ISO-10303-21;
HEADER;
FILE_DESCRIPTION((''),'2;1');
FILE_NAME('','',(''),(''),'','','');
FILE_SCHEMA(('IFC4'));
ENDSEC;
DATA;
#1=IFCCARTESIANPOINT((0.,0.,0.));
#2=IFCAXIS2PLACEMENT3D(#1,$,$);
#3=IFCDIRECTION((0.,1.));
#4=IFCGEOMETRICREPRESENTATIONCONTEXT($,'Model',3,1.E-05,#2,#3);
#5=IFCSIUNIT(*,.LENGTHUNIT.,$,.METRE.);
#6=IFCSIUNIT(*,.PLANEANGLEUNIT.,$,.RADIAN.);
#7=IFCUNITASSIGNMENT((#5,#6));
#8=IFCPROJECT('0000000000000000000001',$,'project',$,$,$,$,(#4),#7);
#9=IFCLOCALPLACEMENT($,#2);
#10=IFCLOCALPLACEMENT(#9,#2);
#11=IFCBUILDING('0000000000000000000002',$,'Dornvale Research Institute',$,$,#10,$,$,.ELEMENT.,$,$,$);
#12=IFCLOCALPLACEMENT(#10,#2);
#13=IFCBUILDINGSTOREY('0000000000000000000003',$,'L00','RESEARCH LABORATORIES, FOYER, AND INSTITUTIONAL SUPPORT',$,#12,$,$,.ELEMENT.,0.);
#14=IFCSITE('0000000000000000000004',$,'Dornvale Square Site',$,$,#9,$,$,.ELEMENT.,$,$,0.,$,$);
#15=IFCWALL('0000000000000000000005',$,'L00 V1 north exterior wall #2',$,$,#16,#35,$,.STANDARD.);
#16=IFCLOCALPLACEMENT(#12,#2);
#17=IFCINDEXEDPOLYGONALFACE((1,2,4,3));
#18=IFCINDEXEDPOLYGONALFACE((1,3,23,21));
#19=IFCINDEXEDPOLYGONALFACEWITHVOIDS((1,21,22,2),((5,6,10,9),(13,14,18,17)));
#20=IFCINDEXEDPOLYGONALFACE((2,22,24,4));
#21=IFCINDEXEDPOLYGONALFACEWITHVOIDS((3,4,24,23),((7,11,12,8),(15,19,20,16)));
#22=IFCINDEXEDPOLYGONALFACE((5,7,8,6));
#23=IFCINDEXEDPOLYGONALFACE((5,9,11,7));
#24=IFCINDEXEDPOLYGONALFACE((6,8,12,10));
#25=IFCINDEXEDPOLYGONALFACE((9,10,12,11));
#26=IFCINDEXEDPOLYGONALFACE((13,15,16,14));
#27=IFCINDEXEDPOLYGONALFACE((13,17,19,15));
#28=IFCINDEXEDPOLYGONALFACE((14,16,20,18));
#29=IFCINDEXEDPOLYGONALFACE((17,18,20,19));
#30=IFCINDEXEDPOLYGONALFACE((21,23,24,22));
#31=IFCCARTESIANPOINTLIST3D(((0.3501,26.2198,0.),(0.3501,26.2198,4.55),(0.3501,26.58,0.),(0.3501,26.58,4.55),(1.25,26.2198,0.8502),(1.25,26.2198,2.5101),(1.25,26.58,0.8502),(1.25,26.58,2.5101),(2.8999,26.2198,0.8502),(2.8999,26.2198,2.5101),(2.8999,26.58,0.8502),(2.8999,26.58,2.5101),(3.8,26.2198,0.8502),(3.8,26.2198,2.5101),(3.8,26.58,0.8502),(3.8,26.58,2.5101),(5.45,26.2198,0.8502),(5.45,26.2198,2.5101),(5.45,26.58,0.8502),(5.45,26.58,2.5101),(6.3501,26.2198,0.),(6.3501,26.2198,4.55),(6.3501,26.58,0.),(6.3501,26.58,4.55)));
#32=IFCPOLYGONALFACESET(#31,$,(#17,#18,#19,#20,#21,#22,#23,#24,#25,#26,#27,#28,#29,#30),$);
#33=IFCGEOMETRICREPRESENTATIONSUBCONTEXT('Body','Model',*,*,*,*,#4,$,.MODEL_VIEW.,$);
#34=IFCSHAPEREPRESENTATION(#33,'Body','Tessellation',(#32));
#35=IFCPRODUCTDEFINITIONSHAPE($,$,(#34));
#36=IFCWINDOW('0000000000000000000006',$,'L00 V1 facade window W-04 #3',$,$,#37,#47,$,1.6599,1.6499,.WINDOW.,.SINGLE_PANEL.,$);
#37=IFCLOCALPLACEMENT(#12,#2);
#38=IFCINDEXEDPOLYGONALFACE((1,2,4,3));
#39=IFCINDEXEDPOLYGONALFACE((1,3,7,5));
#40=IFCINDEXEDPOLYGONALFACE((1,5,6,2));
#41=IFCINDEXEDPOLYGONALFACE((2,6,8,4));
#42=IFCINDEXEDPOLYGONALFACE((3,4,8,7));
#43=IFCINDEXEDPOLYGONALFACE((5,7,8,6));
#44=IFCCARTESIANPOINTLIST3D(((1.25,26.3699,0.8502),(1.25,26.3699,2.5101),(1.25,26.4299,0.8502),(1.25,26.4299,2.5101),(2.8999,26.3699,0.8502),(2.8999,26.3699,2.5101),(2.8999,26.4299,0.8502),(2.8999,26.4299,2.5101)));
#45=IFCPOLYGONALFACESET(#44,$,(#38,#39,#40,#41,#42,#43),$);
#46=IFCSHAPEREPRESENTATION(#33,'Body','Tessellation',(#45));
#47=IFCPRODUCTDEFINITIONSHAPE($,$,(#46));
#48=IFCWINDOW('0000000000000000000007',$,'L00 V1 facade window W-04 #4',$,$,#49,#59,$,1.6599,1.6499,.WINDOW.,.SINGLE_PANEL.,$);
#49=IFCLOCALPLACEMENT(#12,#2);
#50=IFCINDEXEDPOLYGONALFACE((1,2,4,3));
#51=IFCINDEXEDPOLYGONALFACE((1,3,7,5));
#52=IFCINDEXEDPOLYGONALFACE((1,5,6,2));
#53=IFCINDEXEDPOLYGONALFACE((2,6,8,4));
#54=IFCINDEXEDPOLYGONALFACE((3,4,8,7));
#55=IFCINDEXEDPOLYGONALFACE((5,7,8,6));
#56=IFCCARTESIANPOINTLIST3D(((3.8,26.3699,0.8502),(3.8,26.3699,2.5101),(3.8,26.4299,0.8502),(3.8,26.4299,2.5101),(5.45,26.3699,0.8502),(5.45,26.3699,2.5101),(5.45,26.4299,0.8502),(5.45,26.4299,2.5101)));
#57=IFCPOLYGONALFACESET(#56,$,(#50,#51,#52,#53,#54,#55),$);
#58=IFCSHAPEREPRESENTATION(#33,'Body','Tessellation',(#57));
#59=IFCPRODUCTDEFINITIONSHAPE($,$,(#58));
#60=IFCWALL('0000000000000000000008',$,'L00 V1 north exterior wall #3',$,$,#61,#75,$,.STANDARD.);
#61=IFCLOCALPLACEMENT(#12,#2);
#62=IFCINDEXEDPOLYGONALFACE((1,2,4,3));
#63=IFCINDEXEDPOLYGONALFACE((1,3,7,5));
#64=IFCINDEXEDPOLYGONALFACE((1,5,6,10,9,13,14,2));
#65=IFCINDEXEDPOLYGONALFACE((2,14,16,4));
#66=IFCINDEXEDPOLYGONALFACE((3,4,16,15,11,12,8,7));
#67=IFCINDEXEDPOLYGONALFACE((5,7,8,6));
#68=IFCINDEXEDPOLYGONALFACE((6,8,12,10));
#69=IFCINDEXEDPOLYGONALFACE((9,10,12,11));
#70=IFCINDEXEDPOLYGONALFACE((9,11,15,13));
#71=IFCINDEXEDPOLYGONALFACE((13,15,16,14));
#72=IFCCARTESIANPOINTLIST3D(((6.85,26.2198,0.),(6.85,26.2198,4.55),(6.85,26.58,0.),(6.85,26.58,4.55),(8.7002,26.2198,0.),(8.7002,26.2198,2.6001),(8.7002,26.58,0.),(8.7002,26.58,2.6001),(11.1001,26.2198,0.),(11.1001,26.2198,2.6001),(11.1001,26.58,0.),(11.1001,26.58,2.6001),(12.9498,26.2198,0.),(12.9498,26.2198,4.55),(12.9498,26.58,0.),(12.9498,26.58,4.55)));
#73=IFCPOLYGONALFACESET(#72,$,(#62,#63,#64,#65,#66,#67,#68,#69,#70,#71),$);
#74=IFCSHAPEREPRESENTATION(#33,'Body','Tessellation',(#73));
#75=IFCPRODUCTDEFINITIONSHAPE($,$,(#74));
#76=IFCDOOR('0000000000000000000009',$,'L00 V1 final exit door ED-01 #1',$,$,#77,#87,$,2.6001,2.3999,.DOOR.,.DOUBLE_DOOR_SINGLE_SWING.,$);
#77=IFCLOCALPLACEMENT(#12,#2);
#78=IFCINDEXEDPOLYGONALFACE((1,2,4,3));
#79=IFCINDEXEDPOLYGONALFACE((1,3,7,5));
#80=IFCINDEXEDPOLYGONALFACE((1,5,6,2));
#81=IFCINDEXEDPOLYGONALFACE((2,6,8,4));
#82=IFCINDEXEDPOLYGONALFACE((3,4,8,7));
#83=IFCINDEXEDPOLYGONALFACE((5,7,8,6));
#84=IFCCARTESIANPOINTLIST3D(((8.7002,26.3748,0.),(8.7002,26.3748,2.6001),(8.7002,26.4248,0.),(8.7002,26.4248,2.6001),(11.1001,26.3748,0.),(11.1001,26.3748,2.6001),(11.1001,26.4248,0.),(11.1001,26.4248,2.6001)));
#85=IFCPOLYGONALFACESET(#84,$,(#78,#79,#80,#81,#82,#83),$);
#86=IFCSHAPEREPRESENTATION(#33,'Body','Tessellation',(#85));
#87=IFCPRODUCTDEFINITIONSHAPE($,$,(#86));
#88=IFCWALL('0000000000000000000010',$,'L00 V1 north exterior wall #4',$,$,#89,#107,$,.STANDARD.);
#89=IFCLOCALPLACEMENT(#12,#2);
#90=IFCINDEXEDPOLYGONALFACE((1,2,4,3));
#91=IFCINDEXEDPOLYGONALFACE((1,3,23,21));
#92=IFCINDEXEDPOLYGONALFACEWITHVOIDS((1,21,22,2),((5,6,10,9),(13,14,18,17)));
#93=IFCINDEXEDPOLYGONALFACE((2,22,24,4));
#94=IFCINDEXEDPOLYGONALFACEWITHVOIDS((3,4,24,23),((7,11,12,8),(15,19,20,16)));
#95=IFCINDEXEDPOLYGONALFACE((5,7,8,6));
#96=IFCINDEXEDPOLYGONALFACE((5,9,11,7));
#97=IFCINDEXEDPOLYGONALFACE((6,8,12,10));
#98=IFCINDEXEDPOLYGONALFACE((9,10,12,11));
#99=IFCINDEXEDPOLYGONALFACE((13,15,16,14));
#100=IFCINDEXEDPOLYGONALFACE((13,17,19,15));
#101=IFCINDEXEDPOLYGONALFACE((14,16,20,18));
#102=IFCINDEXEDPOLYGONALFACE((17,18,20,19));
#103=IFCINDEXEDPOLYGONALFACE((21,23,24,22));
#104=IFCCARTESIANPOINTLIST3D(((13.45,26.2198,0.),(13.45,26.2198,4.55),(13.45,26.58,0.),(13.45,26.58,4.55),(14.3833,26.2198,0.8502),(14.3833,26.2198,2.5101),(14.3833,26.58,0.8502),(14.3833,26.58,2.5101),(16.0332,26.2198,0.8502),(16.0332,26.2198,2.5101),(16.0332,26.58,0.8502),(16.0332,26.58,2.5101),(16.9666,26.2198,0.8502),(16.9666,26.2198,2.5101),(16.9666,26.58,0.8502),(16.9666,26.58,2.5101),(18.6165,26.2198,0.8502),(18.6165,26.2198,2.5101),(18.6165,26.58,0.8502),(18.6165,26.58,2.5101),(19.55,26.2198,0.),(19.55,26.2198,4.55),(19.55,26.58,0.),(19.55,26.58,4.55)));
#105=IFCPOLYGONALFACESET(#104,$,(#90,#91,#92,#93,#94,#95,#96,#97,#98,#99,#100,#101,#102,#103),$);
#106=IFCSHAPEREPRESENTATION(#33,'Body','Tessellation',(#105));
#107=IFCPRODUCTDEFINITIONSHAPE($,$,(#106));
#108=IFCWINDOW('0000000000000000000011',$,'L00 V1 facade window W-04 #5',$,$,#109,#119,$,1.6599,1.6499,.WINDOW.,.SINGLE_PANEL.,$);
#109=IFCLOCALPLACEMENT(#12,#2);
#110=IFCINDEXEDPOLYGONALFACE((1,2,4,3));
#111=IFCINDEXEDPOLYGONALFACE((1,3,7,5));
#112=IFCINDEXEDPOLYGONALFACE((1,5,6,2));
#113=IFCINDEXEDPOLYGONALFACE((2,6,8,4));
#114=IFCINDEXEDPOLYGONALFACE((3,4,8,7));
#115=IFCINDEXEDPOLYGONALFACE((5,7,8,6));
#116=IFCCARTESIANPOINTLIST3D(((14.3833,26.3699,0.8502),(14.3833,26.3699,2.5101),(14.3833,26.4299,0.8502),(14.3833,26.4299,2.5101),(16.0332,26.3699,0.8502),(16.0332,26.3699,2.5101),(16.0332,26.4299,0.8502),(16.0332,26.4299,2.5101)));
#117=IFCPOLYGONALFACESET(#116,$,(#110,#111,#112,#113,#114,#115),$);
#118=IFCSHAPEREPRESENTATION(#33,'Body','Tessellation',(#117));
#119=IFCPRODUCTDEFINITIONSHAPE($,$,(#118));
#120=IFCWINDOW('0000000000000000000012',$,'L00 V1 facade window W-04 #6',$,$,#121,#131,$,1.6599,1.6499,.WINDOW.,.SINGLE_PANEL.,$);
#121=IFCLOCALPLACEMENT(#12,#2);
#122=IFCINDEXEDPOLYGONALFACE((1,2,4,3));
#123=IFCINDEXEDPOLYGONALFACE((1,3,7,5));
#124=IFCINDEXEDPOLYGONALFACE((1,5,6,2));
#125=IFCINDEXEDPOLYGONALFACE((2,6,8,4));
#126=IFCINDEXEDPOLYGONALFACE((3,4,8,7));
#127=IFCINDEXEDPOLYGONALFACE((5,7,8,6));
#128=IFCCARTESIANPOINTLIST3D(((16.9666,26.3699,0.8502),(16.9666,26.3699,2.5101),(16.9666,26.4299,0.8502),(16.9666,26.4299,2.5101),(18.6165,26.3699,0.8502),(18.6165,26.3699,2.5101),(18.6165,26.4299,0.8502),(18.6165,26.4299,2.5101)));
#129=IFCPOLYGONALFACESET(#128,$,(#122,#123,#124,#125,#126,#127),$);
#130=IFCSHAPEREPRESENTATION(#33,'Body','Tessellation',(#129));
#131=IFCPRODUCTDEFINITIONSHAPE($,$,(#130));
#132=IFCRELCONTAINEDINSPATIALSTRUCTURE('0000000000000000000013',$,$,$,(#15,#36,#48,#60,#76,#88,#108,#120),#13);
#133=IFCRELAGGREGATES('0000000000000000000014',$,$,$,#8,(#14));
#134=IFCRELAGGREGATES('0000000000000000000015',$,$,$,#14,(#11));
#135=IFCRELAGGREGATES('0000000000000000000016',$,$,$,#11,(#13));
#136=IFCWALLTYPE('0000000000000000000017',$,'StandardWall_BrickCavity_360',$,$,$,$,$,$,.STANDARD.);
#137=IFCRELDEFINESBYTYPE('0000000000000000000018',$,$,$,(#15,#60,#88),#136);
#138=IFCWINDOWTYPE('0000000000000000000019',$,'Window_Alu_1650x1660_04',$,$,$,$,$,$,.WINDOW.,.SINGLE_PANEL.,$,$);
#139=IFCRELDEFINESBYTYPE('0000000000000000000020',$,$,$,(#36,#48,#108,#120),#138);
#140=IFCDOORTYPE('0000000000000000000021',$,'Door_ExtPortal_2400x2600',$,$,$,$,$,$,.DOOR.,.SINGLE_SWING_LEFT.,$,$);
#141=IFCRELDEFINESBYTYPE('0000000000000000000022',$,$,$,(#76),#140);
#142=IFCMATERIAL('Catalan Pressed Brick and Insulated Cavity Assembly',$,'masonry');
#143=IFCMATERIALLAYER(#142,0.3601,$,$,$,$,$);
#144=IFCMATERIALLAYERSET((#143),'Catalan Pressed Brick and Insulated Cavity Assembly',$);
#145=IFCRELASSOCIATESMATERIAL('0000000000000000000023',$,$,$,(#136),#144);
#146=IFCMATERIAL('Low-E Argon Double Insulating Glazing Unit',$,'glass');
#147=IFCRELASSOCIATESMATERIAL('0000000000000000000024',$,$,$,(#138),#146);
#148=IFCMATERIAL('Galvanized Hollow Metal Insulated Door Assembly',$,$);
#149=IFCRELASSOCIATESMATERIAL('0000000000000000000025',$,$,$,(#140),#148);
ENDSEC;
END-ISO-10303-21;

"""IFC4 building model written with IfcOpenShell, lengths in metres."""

from ifc_helpers import new_model, si_unit, direction, frame, frame_2d, origin, place, context, subcontext, project, spatial, rectangle, extrude, material, layer, layer_set, type_object, element, fill, save


model = new_model("IFC4")

# Units and contexts
model_context = context("Model", 3, precision=1e-05, world=origin(), true_north=direction((0.0, 1.0)))
body_context = subcontext(model_context, "Body", "Model", "MODEL_VIEW")
ifc_project = project(units=[si_unit("LENGTHUNIT", "METRE"), si_unit("PLANEANGLEUNIT", "RADIAN")], contexts=[model_context])

# Site, building, storey
site_placement = place(None, origin())
site = spatial("IfcSite", under=ifc_project, at=site_placement, Name="Dornvale Square Site", CompositionType="ELEMENT", RefElevation=0.0)
building_placement = place(site_placement, origin())
building = spatial("IfcBuilding", under=site, at=building_placement, Name="Dornvale Research Institute", CompositionType="ELEMENT")
storey_placement = place(building_placement, origin())
storey = spatial("IfcBuildingStorey", under=building, at=storey_placement, Name="L00", Description="RESEARCH LABORATORIES, FOYER, AND INSTITUTIONAL SUPPORT", CompositionType="ELEMENT", Elevation=0.0)

# Wall, openings, windows
ifc_material_1 = material(Name="Catalan Pressed Brick and Insulated Cavity Assembly", Category="masonry")
ifc_layer = layer(ifc_material_1, 0.3601)
ifc_layer_set = layer_set([ifc_layer], Name="Catalan Pressed Brick and Insulated Cavity Assembly")
wall_type = type_object("IfcWallType", Name="StandardWall_BrickCavity_360", PredefinedType="STANDARD", material=ifc_layer_set)
wall_1_placement = place(storey_placement, frame((0.3501, 26.3999, 0.0), z_axis=(0.0, 0.0, 1.0), x_axis=(1.0, 0.0, 0.0)))
wall_1 = element("IfcWall", 1, at=wall_1_placement, inside=storey, type_object=wall_type, Name="L00 V1 north exterior wall #2", PredefinedType="STANDARD", context=body_context, shape_type="SweptSolid", body=[
    extrude(rectangle(XDim=6.0, YDim=0.3601, at=frame_2d((3.0, 0.0))), origin(), (0.0, 0.0, 1.0), 4.55),
])
opening_1_placement = place(wall_1_placement, frame((0.8999, 0.0, 0.8501)))
opening_1 = element("IfcOpeningElement", 2, at=opening_1_placement, cuts=wall_1, PredefinedType="OPENING", context=body_context, shape_type="SweptSolid", body=[
    extrude(rectangle(XDim=1.6499, YDim=1.6599, at=frame_2d((0.825, 0.8301))), frame((0.0, 0.1951, 0.0), z_axis=(0.0, -1.0, 0.0), x_axis=(1.0, 0.0, 0.0)), (0.0, 0.0, 1.0), 0.3901),
])
opening_2_placement = place(wall_1_placement, frame((3.45, 0.0, 0.8501)))
opening_2 = element("IfcOpeningElement", 3, at=opening_2_placement, cuts=wall_1, PredefinedType="OPENING", context=body_context, shape_type="SweptSolid", body=[
    extrude(rectangle(XDim=1.6499, YDim=1.6599, at=frame_2d((0.825, 0.8301))), frame((0.0, 0.1951, 0.0), z_axis=(0.0, -1.0, 0.0), x_axis=(1.0, 0.0, 0.0)), (0.0, 0.0, 1.0), 0.3901),
])
ifc_material_2 = material(Name="Low-E Argon Double Insulating Glazing Unit", Category="glass")
window_type = type_object("IfcWindowType", Name="Window_Alu_1650x1660_04", PartitioningType="SINGLE_PANEL", PredefinedType="WINDOW", material=ifc_material_2)
window_1_placement = place(opening_1_placement, origin())
window_1 = element("IfcWindow", 4, at=window_1_placement, inside=storey, type_object=window_type, Name="L00 V1 facade window W-04 #3", OverallHeight=1.6599, OverallWidth=1.6499, PartitioningType="SINGLE_PANEL", PredefinedType="WINDOW", context=body_context, shape_type="SweptSolid", body=[
    extrude(rectangle(XDim=1.6499, YDim=1.6599, at=frame_2d((0.825, 0.8301))), frame((0.0, 0.03, 0.0), z_axis=(0.0, -1.0, 0.0), x_axis=(1.0, 0.0, 0.0)), (0.0, 0.0, 1.0), 0.0601),
])
fill(opening_1, window_1)
window_2_placement = place(opening_2_placement, origin())
window_2 = element("IfcWindow", 5, at=window_2_placement, inside=storey, type_object=window_type, Name="L00 V1 facade window W-04 #4", OverallHeight=1.6599, OverallWidth=1.6499, PartitioningType="SINGLE_PANEL", PredefinedType="WINDOW", context=body_context, shape_type="SweptSolid", body=[
    extrude(rectangle(XDim=1.6499, YDim=1.6599, at=frame_2d((0.825, 0.8301))), frame((0.0, 0.03, 0.0), z_axis=(0.0, -1.0, 0.0), x_axis=(1.0, 0.0, 0.0)), (0.0, 0.0, 1.0), 0.0601),
])
fill(opening_2, window_2)

# Wall, opening, door
wall_2_placement = place(storey_placement, frame((6.8501, 26.3999, 0.0), z_axis=(0.0, 0.0, 1.0), x_axis=(1.0, 0.0, 0.0)))
wall_2 = element("IfcWall", 6, at=wall_2_placement, inside=storey, type_object=wall_type, Name="L00 V1 north exterior wall #3", PredefinedType="STANDARD", context=body_context, shape_type="SweptSolid", body=[
    extrude(rectangle(XDim=6.0999, YDim=0.3601, at=frame_2d((3.0498, 0.0))), origin(), (0.0, 0.0, 1.0), 4.55),
])
opening_3_placement = place(wall_2_placement, frame((1.8501, 0.0, 0.0)))
opening_3 = element("IfcOpeningElement", 7, at=opening_3_placement, cuts=wall_2, PredefinedType="OPENING", context=body_context, shape_type="SweptSolid", body=[
    extrude(rectangle(XDim=2.3999, YDim=2.6001, at=frame_2d((1.2, 1.3))), frame((0.0, 0.1951, 0.0), z_axis=(0.0, -1.0, 0.0), x_axis=(1.0, 0.0, 0.0)), (0.0, 0.0, 1.0), 0.3901),
])
ifc_material_3 = material(Name="Galvanized Hollow Metal Insulated Door Assembly")
door_type = type_object("IfcDoorType", Name="Door_ExtPortal_2400x2600", OperationType="SINGLE_SWING_LEFT", PredefinedType="DOOR", material=ifc_material_3)
door_placement = place(opening_3_placement, origin())
door = element("IfcDoor", 8, at=door_placement, inside=storey, type_object=door_type, Name="L00 V1 final exit door ED-01 #1", OperationType="DOUBLE_DOOR_SINGLE_SWING", OverallHeight=2.6001, OverallWidth=2.3999, PredefinedType="DOOR", context=body_context, shape_type="SweptSolid", body=[
    extrude(rectangle(XDim=2.3999, YDim=2.6001, at=frame_2d((1.2, 1.3))), frame((0.0, 0.0249, 0.0), z_axis=(0.0, -1.0, 0.0), x_axis=(1.0, 0.0, 0.0)), (0.0, 0.0, 1.0), 0.05),
])
fill(opening_3, door)

# Wall, openings, windows
wall_3_placement = place(storey_placement, frame((13.45, 26.3999, 0.0), z_axis=(0.0, 0.0, 1.0), x_axis=(1.0, 0.0, 0.0)))
wall_3 = element("IfcWall", 9, at=wall_3_placement, inside=storey, type_object=wall_type, Name="L00 V1 north exterior wall #4", PredefinedType="STANDARD", context=body_context, shape_type="SweptSolid", body=[
    extrude(rectangle(XDim=6.1001, YDim=0.3601, at=frame_2d((3.05, 0.0))), origin(), (0.0, 0.0, 1.0), 4.55),
])
opening_4_placement = place(wall_3_placement, frame((0.9333, 0.0, 0.8501)))
opening_4 = element("IfcOpeningElement", 10, at=opening_4_placement, cuts=wall_3, PredefinedType="OPENING", context=body_context, shape_type="SweptSolid", body=[
    extrude(rectangle(XDim=1.6499, YDim=1.6599, at=frame_2d((0.825, 0.8301))), frame((0.0, 0.1951, 0.0), z_axis=(0.0, -1.0, 0.0), x_axis=(1.0, 0.0, 0.0)), (0.0, 0.0, 1.0), 0.3901),
])
opening_5_placement = place(wall_3_placement, frame((3.5166, 0.0, 0.8501)))
opening_5 = element("IfcOpeningElement", 11, at=opening_5_placement, cuts=wall_3, PredefinedType="OPENING", context=body_context, shape_type="SweptSolid", body=[
    extrude(rectangle(XDim=1.6499, YDim=1.6599, at=frame_2d((0.825, 0.8301))), frame((0.0, 0.1951, 0.0), z_axis=(0.0, -1.0, 0.0), x_axis=(1.0, 0.0, 0.0)), (0.0, 0.0, 1.0), 0.3901),
])
window_3_placement = place(opening_4_placement, origin())
window_3 = element("IfcWindow", 12, at=window_3_placement, inside=storey, type_object=window_type, Name="L00 V1 facade window W-04 #5", OverallHeight=1.6599, OverallWidth=1.6499, PartitioningType="SINGLE_PANEL", PredefinedType="WINDOW", context=body_context, shape_type="SweptSolid", body=[
    extrude(rectangle(XDim=1.6499, YDim=1.6599, at=frame_2d((0.825, 0.8301))), frame((0.0, 0.03, 0.0), z_axis=(0.0, -1.0, 0.0), x_axis=(1.0, 0.0, 0.0)), (0.0, 0.0, 1.0), 0.0601),
])
fill(opening_4, window_3)
window_4_placement = place(opening_5_placement, origin())
window_4 = element("IfcWindow", 13, at=window_4_placement, inside=storey, type_object=window_type, Name="L00 V1 facade window W-04 #6", OverallHeight=1.6599, OverallWidth=1.6499, PartitioningType="SINGLE_PANEL", PredefinedType="WINDOW", context=body_context, shape_type="SweptSolid", body=[
    extrude(rectangle(XDim=1.6499, YDim=1.6599, at=frame_2d((0.825, 0.8301))), frame((0.0, 0.03, 0.0), z_axis=(0.0, -1.0, 0.0), x_axis=(1.0, 0.0, 0.0)), (0.0, 0.0, 1.0), 0.0601),
])
fill(opening_5, window_4)

save(model, "model.ifc")
